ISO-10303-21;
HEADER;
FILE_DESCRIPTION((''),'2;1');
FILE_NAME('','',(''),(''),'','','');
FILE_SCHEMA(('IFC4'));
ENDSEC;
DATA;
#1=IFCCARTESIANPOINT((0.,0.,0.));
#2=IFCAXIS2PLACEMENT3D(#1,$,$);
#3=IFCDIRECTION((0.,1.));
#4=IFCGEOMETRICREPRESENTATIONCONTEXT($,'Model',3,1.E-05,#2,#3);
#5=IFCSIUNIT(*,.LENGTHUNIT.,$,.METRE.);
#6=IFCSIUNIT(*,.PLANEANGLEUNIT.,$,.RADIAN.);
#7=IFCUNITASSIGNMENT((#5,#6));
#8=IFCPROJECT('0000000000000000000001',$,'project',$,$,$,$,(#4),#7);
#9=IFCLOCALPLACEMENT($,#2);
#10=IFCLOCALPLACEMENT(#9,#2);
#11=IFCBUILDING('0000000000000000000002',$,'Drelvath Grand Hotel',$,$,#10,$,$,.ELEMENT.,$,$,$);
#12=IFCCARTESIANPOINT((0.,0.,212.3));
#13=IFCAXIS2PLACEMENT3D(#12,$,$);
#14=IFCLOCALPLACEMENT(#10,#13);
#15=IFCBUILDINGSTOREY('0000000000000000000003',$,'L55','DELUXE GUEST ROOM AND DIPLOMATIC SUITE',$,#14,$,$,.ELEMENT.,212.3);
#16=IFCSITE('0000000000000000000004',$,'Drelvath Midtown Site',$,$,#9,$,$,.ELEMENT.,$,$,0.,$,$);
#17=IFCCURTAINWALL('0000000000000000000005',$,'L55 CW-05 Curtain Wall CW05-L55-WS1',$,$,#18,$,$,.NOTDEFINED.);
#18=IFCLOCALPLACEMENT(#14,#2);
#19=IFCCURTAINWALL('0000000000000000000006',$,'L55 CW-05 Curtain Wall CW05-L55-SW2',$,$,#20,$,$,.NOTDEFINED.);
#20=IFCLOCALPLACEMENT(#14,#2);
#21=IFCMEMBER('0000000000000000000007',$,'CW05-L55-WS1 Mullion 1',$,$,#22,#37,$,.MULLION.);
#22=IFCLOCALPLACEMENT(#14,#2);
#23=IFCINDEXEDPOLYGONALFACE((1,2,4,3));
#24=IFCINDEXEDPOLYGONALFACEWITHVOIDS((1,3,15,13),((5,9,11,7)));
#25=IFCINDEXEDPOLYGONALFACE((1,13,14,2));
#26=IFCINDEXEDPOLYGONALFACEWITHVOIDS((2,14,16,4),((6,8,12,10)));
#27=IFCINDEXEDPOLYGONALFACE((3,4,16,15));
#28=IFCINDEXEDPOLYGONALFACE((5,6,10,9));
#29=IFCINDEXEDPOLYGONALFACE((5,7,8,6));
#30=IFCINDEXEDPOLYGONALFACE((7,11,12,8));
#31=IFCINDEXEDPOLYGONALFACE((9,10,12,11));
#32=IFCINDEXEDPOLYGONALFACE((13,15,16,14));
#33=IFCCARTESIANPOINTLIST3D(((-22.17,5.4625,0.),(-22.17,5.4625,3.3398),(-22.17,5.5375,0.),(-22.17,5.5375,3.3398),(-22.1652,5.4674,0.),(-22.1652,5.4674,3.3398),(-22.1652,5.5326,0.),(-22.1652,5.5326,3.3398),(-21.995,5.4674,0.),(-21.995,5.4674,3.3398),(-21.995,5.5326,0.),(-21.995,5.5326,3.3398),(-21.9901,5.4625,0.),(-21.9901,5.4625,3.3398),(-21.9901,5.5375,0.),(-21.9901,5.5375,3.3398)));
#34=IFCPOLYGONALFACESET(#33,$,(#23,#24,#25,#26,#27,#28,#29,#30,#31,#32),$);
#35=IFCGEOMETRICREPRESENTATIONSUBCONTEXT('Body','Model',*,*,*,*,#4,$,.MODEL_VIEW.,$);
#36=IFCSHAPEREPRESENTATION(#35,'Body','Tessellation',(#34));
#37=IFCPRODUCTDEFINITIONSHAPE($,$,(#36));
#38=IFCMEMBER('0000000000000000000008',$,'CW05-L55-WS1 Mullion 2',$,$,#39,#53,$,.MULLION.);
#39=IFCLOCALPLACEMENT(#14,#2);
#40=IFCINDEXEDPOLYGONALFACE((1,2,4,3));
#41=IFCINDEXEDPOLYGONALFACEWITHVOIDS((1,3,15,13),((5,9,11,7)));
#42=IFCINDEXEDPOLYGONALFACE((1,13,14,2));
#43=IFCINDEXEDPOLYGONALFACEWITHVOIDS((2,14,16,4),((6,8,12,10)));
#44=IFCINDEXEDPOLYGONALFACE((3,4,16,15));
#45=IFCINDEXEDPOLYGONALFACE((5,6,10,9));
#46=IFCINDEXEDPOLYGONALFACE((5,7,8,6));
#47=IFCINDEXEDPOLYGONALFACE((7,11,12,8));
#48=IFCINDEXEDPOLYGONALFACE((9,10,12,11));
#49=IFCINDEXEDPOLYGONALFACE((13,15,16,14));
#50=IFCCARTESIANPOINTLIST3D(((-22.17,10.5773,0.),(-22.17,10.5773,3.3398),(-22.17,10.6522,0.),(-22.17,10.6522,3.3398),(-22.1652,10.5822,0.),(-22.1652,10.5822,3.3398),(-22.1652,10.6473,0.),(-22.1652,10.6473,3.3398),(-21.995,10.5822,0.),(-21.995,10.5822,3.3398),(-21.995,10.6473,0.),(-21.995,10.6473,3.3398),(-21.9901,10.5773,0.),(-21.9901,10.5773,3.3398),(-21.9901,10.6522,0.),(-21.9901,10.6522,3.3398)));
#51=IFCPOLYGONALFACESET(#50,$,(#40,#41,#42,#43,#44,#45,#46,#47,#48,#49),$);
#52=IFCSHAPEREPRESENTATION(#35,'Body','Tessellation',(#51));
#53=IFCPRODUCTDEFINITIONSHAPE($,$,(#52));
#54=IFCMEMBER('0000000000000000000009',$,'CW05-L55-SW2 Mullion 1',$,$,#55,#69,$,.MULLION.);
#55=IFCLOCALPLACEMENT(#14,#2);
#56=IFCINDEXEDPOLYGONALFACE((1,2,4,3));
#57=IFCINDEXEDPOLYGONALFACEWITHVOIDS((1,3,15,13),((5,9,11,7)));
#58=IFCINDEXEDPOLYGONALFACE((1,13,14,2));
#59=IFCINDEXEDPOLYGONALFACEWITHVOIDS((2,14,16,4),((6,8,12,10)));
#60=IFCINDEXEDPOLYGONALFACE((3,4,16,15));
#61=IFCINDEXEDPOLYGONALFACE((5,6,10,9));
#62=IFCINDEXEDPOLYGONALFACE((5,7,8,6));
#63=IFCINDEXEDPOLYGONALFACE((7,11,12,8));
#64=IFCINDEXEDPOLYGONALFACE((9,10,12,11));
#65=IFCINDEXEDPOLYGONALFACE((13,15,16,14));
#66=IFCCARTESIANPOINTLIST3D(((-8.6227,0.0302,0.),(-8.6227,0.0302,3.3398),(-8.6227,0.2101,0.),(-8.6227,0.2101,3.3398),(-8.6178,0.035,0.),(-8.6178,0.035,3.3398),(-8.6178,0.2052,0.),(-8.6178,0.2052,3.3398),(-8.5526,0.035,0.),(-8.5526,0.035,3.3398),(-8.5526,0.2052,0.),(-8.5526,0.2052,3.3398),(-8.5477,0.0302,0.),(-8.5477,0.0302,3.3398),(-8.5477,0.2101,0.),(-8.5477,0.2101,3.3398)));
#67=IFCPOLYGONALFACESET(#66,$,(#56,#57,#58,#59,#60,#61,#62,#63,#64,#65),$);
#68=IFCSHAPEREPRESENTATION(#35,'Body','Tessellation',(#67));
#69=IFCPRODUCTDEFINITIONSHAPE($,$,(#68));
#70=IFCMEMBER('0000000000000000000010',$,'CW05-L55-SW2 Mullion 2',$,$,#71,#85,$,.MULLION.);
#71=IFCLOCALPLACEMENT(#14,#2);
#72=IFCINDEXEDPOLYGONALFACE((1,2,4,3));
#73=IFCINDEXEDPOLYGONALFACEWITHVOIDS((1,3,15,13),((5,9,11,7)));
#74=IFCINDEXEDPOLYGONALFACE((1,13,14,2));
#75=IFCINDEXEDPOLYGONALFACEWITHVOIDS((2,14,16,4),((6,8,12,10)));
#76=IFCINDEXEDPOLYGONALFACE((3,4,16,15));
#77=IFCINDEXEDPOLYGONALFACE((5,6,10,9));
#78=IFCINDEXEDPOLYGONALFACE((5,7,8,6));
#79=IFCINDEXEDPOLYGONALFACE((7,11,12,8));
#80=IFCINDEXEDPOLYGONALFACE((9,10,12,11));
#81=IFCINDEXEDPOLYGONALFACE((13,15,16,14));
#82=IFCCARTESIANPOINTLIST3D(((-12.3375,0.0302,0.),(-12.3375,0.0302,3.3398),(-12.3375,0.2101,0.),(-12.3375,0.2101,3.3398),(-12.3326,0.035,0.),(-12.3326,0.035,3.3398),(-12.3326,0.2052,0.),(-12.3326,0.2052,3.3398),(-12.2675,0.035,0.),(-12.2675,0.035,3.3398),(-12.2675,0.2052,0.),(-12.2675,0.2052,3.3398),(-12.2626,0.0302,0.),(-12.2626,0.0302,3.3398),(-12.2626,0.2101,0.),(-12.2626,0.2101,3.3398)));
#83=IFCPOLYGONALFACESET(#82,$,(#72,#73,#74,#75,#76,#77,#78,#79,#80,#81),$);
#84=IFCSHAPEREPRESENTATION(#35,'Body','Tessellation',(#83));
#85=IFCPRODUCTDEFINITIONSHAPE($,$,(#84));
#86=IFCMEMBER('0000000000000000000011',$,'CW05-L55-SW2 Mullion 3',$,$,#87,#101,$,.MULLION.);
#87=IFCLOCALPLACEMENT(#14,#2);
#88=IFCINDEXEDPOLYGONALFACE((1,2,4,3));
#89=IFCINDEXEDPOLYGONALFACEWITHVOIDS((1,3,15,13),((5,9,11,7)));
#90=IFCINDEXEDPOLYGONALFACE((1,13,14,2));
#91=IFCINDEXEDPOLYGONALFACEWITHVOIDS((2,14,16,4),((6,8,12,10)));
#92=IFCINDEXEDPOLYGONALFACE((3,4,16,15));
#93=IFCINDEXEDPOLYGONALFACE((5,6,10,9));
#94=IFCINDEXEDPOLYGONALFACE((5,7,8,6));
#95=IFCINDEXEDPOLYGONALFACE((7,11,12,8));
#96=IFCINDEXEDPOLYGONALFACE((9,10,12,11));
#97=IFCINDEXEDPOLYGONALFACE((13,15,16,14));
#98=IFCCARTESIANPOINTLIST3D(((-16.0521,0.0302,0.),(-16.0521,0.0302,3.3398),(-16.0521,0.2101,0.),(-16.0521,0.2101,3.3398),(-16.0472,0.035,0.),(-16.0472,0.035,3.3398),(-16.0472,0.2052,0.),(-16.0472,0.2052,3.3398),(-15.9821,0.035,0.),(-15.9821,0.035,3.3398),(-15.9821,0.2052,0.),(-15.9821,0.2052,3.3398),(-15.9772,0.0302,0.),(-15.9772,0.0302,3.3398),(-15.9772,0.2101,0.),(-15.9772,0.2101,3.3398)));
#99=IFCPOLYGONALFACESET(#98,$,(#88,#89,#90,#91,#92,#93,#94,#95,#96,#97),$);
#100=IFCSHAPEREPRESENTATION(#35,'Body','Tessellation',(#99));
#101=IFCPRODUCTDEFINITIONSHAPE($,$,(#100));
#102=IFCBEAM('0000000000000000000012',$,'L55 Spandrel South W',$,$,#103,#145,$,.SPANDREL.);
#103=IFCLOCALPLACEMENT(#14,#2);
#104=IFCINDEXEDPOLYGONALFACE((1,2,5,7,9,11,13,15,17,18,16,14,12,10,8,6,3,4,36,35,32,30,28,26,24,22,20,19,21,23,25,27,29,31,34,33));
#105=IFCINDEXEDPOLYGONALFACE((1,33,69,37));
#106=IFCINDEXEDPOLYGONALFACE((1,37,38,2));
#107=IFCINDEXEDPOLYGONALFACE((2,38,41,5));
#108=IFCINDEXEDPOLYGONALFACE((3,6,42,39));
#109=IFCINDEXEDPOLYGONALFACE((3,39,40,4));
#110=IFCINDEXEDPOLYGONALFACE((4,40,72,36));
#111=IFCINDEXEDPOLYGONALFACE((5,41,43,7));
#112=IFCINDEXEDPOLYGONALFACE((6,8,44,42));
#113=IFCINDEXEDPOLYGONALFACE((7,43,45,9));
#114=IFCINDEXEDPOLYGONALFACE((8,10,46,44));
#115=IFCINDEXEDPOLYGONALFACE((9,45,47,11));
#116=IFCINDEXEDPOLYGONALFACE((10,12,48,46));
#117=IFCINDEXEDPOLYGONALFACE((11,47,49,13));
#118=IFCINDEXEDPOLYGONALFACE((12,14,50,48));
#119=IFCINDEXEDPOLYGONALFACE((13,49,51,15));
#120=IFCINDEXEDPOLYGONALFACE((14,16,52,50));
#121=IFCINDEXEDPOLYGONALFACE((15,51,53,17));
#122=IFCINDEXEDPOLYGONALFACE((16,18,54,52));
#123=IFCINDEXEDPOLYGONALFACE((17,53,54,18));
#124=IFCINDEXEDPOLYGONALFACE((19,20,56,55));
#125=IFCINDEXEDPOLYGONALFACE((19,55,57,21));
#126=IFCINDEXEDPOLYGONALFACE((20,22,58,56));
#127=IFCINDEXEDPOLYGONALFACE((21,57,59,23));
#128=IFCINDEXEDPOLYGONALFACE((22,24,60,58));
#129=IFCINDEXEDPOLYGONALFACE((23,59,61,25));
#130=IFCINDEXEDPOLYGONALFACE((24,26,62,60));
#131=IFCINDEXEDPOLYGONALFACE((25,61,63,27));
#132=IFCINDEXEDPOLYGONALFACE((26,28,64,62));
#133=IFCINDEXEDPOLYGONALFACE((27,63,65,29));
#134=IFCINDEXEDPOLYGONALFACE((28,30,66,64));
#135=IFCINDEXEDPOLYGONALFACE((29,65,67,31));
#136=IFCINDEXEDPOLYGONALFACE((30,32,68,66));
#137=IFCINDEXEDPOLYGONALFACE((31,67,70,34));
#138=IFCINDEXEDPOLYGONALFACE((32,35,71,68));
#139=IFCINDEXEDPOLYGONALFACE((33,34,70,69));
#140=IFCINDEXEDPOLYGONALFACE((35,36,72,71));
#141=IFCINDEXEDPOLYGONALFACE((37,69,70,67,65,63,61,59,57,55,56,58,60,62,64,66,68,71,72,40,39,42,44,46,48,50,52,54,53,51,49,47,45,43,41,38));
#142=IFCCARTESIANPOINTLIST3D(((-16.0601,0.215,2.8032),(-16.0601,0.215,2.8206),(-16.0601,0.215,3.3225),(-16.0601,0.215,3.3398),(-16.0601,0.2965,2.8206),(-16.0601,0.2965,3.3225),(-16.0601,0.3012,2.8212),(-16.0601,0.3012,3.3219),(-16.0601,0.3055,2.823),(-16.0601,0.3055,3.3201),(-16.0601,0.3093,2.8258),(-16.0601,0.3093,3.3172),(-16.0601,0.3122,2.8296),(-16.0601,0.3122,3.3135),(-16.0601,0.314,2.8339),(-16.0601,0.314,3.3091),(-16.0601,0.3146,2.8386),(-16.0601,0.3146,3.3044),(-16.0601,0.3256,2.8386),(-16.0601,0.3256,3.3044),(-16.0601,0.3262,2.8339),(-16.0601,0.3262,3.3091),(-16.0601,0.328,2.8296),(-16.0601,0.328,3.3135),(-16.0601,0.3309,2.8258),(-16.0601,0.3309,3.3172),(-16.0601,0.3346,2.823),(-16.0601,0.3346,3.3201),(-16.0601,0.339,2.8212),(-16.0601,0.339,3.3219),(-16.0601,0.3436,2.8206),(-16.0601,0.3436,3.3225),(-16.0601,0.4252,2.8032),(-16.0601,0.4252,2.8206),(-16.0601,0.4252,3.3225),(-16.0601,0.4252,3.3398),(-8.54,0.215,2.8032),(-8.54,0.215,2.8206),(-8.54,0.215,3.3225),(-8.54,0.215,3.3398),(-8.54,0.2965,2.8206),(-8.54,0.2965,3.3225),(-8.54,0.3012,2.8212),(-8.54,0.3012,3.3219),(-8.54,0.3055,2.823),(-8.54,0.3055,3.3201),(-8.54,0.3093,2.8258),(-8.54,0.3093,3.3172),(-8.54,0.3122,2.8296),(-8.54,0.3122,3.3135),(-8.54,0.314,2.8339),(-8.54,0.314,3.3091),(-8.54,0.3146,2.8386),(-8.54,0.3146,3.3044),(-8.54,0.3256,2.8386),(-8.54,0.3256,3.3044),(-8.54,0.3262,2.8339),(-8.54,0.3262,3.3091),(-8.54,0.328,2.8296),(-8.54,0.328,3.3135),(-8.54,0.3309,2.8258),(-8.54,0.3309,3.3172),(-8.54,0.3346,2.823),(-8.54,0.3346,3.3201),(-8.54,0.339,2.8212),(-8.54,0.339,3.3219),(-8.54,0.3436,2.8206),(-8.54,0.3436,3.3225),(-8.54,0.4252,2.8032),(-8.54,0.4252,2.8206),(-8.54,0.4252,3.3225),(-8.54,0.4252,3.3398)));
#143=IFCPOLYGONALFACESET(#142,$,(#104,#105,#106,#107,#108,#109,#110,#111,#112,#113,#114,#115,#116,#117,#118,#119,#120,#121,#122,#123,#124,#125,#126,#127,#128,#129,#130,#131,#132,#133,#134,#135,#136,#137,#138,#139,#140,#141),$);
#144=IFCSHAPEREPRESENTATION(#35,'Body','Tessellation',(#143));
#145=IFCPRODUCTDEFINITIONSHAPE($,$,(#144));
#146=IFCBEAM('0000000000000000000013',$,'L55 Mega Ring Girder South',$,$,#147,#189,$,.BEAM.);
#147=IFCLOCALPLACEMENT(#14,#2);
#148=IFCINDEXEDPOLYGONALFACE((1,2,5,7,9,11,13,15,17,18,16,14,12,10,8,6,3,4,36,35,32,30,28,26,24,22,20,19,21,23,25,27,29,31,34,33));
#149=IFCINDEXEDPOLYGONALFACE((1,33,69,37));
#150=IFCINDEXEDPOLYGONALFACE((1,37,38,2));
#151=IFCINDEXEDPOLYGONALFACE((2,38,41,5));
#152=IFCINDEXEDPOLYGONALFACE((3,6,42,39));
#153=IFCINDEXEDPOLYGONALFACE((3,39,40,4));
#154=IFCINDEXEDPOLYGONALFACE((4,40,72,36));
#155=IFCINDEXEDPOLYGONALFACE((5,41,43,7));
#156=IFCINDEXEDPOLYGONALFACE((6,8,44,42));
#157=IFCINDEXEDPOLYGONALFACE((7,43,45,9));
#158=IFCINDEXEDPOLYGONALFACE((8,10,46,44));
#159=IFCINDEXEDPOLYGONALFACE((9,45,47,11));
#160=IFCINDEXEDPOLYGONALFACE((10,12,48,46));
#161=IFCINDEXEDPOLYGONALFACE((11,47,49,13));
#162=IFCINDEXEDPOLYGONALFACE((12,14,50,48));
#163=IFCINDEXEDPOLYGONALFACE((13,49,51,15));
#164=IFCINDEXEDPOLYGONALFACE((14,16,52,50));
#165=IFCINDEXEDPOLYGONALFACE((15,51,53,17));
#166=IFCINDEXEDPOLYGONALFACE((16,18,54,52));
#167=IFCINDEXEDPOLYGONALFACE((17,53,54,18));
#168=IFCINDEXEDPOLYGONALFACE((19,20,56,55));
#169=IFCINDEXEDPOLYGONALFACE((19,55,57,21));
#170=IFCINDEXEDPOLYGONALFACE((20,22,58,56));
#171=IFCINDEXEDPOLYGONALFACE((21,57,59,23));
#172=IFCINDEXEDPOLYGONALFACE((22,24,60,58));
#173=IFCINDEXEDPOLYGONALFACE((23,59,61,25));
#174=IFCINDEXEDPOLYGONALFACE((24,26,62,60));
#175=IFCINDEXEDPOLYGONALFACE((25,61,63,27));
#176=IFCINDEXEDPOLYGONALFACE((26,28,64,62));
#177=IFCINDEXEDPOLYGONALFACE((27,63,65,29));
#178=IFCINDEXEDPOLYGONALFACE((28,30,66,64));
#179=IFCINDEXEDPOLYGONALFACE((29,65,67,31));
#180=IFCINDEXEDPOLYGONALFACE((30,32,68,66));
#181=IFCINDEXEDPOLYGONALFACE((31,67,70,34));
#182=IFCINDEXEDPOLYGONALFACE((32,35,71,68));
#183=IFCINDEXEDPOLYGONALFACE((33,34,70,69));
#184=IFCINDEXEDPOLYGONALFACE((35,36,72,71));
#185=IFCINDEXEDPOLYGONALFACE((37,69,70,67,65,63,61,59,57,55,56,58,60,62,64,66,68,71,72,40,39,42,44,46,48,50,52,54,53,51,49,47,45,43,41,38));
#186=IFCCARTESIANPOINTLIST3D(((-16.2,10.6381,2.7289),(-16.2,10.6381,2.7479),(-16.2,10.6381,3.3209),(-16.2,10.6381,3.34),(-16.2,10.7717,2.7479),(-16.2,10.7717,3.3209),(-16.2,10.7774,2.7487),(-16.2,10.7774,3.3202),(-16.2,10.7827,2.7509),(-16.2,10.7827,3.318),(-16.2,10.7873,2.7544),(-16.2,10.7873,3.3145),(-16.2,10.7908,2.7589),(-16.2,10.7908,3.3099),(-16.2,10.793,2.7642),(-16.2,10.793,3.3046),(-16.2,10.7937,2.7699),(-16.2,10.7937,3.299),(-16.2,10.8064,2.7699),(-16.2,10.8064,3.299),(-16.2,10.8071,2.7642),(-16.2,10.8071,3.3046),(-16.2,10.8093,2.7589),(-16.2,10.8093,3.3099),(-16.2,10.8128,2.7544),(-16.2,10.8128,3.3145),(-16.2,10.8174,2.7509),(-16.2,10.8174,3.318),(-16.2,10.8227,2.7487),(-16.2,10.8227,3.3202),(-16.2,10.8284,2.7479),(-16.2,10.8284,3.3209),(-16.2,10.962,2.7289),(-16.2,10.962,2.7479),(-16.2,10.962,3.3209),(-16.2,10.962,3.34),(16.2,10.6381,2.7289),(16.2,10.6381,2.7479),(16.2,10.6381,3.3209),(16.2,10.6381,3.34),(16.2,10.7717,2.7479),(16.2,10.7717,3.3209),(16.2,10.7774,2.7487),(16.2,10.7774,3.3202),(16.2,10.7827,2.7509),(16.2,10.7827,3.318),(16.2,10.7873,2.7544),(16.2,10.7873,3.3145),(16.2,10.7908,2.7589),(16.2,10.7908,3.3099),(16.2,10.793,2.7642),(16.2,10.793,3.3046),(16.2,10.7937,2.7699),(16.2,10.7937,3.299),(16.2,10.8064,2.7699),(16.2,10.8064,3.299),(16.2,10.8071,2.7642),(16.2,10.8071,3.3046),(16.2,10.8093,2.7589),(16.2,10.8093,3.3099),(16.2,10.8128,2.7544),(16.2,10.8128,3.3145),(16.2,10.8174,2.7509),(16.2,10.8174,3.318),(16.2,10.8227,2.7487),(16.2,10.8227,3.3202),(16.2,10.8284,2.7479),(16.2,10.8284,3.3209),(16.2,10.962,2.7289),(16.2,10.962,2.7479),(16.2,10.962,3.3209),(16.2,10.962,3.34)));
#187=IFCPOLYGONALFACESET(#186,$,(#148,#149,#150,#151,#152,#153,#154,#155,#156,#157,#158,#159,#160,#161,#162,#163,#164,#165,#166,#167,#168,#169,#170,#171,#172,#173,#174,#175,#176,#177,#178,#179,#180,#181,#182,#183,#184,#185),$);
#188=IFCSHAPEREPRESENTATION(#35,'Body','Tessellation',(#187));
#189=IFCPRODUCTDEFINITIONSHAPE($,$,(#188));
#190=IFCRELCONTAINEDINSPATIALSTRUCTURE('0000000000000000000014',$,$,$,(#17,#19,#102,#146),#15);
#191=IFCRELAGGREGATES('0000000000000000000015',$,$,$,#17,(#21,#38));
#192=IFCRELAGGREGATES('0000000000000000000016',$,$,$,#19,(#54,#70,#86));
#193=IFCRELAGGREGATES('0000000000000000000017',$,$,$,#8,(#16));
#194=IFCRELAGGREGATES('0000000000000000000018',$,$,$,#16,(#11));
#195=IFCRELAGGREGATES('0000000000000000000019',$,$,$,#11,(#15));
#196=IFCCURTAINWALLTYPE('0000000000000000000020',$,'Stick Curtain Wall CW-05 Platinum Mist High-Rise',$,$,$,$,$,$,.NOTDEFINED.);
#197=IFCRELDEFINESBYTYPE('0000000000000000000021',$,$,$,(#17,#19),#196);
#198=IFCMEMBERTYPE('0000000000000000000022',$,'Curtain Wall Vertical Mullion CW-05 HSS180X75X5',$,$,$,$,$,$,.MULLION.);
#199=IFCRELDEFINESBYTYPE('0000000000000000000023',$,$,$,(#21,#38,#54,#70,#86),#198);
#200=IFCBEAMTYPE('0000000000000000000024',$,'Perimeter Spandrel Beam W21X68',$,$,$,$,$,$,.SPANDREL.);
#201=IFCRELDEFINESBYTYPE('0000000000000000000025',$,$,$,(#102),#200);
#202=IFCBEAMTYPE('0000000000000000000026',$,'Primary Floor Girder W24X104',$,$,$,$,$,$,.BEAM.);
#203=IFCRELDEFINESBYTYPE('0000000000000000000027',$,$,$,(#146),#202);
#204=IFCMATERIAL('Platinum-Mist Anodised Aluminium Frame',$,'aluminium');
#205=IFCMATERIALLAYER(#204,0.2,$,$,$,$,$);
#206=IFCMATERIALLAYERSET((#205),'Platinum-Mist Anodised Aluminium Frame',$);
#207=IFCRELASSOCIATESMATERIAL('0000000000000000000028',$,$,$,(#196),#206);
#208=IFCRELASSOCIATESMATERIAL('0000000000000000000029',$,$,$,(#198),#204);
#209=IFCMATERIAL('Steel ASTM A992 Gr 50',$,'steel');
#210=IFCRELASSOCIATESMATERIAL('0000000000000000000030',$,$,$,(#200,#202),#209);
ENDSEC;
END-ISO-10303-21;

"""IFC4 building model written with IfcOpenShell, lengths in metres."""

from ifc_helpers import new_model, si_unit, direction, frame, origin, origin_2d, place, context, subcontext, project, spatial, hollow_rectangle, i_section, extrude, material, layer, layer_set, material_profile, profile_set, type_object, element, aggregate, save


model = new_model("IFC4")

# Units and contexts
model_context = context("Model", 3, precision=1e-05, world=origin(), true_north=direction((0.0, 1.0)))
body_context = subcontext(model_context, "Body", "Model", "MODEL_VIEW")
ifc_project = project(units=[si_unit("LENGTHUNIT", "METRE"), si_unit("PLANEANGLEUNIT", "RADIAN")], contexts=[model_context])

# Site, building, storey
site_placement = place(None, origin())
site = spatial("IfcSite", under=ifc_project, at=site_placement, Name="Drelvath Midtown Site", CompositionType="ELEMENT", RefElevation=0.0)
building_placement = place(site_placement, origin())
building = spatial("IfcBuilding", under=site, at=building_placement, Name="Drelvath Grand Hotel", CompositionType="ELEMENT")
storey_placement = place(building_placement, frame((0.0, 0.0, 212.3)))
storey = spatial("IfcBuildingStorey", under=building, at=storey_placement, Name="L55", Description="DELUXE GUEST ROOM AND DIPLOMATIC SUITE", CompositionType="ELEMENT", Elevation=212.3)

# Curtain walls
ifc_material_1 = material(Name="Platinum-Mist Anodised Aluminium Frame", Category="aluminium")
ifc_layer_1 = layer(ifc_material_1, 0.2)
ifc_layer_set_1 = layer_set([ifc_layer_1], Name="Platinum-Mist Anodised Aluminium Frame")
curtain_wall_type = type_object("IfcCurtainWallType", Name="Stick Curtain Wall CW-05 Platinum Mist High-Rise", PredefinedType="NOTDEFINED", material=ifc_layer_set_1)
curtain_wall_1_placement = place(storey_placement, origin())
curtain_wall_1 = element("IfcCurtainWall", 1, at=curtain_wall_1_placement, inside=storey, type_object=curtain_wall_type, Name="L55 CW-05 Curtain Wall CW05-L55-WS1", PredefinedType="NOTDEFINED")
curtain_wall_2_placement = place(storey_placement, origin())
curtain_wall_2 = element("IfcCurtainWall", 2, at=curtain_wall_2_placement, inside=storey, type_object=curtain_wall_type, Name="L55 CW-05 Curtain Wall CW05-L55-SW2", PredefinedType="NOTDEFINED")

# Members
ifc_material_profile_1 = material_profile(ifc_material_1, hollow_rectangle(XDim=0.075, YDim=0.1799, WallThickness=0.0049, at=origin_2d()), Name="HSS180X75X5")
ifc_profile_set_1 = profile_set([ifc_material_profile_1], Name="Platinum-Mist Anodised Aluminium Frame")
member_type_1 = type_object("IfcMemberType", Name="Curtain Wall Vertical Mullion CW-05 HSS180X75X5", PredefinedType="MULLION", material=ifc_profile_set_1)
member_1_placement = place(storey_placement, frame((-22.0801, 5.5, 0.0), z_axis=(0.0, 0.0, 1.0), x_axis=(0.0, 1.0, 0.0)))
member_1 = element("IfcMember", 3, at=member_1_placement, type_object=member_type_1, Name="CW05-L55-WS1 Mullion 1", PredefinedType="MULLION", context=body_context, shape_type="SweptSolid", body=[
    extrude(hollow_rectangle(XDim=0.075, YDim=0.1799, WallThickness=0.0049, at=origin_2d()), origin(), (0.0, 0.0, 1.0), 3.3398),
])
member_2_placement = place(storey_placement, frame((-22.0801, 10.6147, 0.0), z_axis=(0.0, 0.0, 1.0), x_axis=(0.0, 1.0, 0.0)))
member_2 = element("IfcMember", 4, at=member_2_placement, type_object=member_type_1, Name="CW05-L55-WS1 Mullion 2", PredefinedType="MULLION", context=body_context, shape_type="SweptSolid", body=[
    extrude(hollow_rectangle(XDim=0.075, YDim=0.1799, WallThickness=0.0049, at=origin_2d()), origin(), (0.0, 0.0, 1.0), 3.3398),
])
member_3_placement = place(storey_placement, frame((-8.5852, 0.1201, 0.0), z_axis=(0.0, 0.0, 1.0), x_axis=(1.0, 0.0, 0.0)))
member_3 = element("IfcMember", 5, at=member_3_placement, type_object=member_type_1, Name="CW05-L55-SW2 Mullion 1", PredefinedType="MULLION", context=body_context, shape_type="SweptSolid", body=[
    extrude(hollow_rectangle(XDim=0.075, YDim=0.1799, WallThickness=0.0049, at=origin_2d()), origin(), (0.0, 0.0, 1.0), 3.3398),
])
member_4_placement = place(storey_placement, frame((-12.3, 0.1201, 0.0), z_axis=(0.0, 0.0, 1.0), x_axis=(1.0, 0.0, 0.0)))
member_4 = element("IfcMember", 6, at=member_4_placement, type_object=member_type_1, Name="CW05-L55-SW2 Mullion 2", PredefinedType="MULLION", context=body_context, shape_type="SweptSolid", body=[
    extrude(hollow_rectangle(XDim=0.075, YDim=0.1799, WallThickness=0.0049, at=origin_2d()), origin(), (0.0, 0.0, 1.0), 3.3398),
])
member_5_placement = place(storey_placement, frame((-16.0146, 0.1201, 0.0), z_axis=(0.0, 0.0, 1.0), x_axis=(1.0, 0.0, 0.0)))
member_5 = element("IfcMember", 7, at=member_5_placement, type_object=member_type_1, Name="CW05-L55-SW2 Mullion 3", PredefinedType="MULLION", context=body_context, shape_type="SweptSolid", body=[
    extrude(hollow_rectangle(XDim=0.075, YDim=0.1799, WallThickness=0.0049, at=origin_2d()), origin(), (0.0, 0.0, 1.0), 3.3398),
])

# Beams
ifc_material_2 = material(Name="Steel ASTM A992 Gr 50", Category="steel")
ifc_material_profile_2 = material_profile(ifc_material_2, i_section(OverallWidth=0.2102, OverallDepth=0.5366, WebThickness=0.011, FlangeThickness=0.0173, FilletRadius=0.0181, at=origin_2d()), Name="W21X68")
ifc_profile_set_2 = profile_set([ifc_material_profile_2], Name="Steel ASTM A992 Gr 50")
beam_type_1 = type_object("IfcBeamType", Name="Perimeter Spandrel Beam W21X68", PredefinedType="SPANDREL", material=ifc_profile_set_2)
beam_1_placement = place(storey_placement, frame((-16.0601, 0.3201, 3.0715), z_axis=(1.0, 0.0, 0.0), x_axis=(0.0, 1.0, 0.0)))
element("IfcBeam", 8, at=beam_1_placement, inside=storey, type_object=beam_type_1, Name="L55 Spandrel South W", PredefinedType="SPANDREL", context=body_context, shape_type="SweptSolid", body=[
    extrude(i_section(OverallWidth=0.2102, OverallDepth=0.5366, WebThickness=0.011, FlangeThickness=0.0173, FilletRadius=0.0181, at=origin_2d()), origin(), (0.0, 0.0, 1.0), 7.52),
])
ifc_material_profile_3 = material_profile(ifc_material_2, i_section(OverallWidth=0.324, OverallDepth=0.6111, WebThickness=0.0127, FlangeThickness=0.019, FilletRadius=0.022, at=origin_2d()), Name="W24X104")
ifc_profile_set_3 = profile_set([ifc_material_profile_3], Name="Steel ASTM A992 Gr 50")
beam_type_2 = type_object("IfcBeamType", Name="Primary Floor Girder W24X104", PredefinedType="BEAM", material=ifc_profile_set_3)
beam_2_placement = place(storey_placement, frame((-16.2, 10.8, 3.0344), z_axis=(1.0, 0.0, 0.0), x_axis=(0.0, 1.0, 0.0)))
element("IfcBeam", 9, at=beam_2_placement, inside=storey, type_object=beam_type_2, Name="L55 Mega Ring Girder South", PredefinedType="BEAM", context=body_context, shape_type="SweptSolid", body=[
    extrude(i_section(OverallWidth=0.324, OverallDepth=0.6111, WebThickness=0.0127, FlangeThickness=0.019, FilletRadius=0.022, at=origin_2d()), origin(), (0.0, 0.0, 1.0), 32.3999),
])

aggregate(curtain_wall_1, [member_1, member_2])
aggregate(curtain_wall_2, [member_3, member_4, member_5])

save(model, "model.ifc")
